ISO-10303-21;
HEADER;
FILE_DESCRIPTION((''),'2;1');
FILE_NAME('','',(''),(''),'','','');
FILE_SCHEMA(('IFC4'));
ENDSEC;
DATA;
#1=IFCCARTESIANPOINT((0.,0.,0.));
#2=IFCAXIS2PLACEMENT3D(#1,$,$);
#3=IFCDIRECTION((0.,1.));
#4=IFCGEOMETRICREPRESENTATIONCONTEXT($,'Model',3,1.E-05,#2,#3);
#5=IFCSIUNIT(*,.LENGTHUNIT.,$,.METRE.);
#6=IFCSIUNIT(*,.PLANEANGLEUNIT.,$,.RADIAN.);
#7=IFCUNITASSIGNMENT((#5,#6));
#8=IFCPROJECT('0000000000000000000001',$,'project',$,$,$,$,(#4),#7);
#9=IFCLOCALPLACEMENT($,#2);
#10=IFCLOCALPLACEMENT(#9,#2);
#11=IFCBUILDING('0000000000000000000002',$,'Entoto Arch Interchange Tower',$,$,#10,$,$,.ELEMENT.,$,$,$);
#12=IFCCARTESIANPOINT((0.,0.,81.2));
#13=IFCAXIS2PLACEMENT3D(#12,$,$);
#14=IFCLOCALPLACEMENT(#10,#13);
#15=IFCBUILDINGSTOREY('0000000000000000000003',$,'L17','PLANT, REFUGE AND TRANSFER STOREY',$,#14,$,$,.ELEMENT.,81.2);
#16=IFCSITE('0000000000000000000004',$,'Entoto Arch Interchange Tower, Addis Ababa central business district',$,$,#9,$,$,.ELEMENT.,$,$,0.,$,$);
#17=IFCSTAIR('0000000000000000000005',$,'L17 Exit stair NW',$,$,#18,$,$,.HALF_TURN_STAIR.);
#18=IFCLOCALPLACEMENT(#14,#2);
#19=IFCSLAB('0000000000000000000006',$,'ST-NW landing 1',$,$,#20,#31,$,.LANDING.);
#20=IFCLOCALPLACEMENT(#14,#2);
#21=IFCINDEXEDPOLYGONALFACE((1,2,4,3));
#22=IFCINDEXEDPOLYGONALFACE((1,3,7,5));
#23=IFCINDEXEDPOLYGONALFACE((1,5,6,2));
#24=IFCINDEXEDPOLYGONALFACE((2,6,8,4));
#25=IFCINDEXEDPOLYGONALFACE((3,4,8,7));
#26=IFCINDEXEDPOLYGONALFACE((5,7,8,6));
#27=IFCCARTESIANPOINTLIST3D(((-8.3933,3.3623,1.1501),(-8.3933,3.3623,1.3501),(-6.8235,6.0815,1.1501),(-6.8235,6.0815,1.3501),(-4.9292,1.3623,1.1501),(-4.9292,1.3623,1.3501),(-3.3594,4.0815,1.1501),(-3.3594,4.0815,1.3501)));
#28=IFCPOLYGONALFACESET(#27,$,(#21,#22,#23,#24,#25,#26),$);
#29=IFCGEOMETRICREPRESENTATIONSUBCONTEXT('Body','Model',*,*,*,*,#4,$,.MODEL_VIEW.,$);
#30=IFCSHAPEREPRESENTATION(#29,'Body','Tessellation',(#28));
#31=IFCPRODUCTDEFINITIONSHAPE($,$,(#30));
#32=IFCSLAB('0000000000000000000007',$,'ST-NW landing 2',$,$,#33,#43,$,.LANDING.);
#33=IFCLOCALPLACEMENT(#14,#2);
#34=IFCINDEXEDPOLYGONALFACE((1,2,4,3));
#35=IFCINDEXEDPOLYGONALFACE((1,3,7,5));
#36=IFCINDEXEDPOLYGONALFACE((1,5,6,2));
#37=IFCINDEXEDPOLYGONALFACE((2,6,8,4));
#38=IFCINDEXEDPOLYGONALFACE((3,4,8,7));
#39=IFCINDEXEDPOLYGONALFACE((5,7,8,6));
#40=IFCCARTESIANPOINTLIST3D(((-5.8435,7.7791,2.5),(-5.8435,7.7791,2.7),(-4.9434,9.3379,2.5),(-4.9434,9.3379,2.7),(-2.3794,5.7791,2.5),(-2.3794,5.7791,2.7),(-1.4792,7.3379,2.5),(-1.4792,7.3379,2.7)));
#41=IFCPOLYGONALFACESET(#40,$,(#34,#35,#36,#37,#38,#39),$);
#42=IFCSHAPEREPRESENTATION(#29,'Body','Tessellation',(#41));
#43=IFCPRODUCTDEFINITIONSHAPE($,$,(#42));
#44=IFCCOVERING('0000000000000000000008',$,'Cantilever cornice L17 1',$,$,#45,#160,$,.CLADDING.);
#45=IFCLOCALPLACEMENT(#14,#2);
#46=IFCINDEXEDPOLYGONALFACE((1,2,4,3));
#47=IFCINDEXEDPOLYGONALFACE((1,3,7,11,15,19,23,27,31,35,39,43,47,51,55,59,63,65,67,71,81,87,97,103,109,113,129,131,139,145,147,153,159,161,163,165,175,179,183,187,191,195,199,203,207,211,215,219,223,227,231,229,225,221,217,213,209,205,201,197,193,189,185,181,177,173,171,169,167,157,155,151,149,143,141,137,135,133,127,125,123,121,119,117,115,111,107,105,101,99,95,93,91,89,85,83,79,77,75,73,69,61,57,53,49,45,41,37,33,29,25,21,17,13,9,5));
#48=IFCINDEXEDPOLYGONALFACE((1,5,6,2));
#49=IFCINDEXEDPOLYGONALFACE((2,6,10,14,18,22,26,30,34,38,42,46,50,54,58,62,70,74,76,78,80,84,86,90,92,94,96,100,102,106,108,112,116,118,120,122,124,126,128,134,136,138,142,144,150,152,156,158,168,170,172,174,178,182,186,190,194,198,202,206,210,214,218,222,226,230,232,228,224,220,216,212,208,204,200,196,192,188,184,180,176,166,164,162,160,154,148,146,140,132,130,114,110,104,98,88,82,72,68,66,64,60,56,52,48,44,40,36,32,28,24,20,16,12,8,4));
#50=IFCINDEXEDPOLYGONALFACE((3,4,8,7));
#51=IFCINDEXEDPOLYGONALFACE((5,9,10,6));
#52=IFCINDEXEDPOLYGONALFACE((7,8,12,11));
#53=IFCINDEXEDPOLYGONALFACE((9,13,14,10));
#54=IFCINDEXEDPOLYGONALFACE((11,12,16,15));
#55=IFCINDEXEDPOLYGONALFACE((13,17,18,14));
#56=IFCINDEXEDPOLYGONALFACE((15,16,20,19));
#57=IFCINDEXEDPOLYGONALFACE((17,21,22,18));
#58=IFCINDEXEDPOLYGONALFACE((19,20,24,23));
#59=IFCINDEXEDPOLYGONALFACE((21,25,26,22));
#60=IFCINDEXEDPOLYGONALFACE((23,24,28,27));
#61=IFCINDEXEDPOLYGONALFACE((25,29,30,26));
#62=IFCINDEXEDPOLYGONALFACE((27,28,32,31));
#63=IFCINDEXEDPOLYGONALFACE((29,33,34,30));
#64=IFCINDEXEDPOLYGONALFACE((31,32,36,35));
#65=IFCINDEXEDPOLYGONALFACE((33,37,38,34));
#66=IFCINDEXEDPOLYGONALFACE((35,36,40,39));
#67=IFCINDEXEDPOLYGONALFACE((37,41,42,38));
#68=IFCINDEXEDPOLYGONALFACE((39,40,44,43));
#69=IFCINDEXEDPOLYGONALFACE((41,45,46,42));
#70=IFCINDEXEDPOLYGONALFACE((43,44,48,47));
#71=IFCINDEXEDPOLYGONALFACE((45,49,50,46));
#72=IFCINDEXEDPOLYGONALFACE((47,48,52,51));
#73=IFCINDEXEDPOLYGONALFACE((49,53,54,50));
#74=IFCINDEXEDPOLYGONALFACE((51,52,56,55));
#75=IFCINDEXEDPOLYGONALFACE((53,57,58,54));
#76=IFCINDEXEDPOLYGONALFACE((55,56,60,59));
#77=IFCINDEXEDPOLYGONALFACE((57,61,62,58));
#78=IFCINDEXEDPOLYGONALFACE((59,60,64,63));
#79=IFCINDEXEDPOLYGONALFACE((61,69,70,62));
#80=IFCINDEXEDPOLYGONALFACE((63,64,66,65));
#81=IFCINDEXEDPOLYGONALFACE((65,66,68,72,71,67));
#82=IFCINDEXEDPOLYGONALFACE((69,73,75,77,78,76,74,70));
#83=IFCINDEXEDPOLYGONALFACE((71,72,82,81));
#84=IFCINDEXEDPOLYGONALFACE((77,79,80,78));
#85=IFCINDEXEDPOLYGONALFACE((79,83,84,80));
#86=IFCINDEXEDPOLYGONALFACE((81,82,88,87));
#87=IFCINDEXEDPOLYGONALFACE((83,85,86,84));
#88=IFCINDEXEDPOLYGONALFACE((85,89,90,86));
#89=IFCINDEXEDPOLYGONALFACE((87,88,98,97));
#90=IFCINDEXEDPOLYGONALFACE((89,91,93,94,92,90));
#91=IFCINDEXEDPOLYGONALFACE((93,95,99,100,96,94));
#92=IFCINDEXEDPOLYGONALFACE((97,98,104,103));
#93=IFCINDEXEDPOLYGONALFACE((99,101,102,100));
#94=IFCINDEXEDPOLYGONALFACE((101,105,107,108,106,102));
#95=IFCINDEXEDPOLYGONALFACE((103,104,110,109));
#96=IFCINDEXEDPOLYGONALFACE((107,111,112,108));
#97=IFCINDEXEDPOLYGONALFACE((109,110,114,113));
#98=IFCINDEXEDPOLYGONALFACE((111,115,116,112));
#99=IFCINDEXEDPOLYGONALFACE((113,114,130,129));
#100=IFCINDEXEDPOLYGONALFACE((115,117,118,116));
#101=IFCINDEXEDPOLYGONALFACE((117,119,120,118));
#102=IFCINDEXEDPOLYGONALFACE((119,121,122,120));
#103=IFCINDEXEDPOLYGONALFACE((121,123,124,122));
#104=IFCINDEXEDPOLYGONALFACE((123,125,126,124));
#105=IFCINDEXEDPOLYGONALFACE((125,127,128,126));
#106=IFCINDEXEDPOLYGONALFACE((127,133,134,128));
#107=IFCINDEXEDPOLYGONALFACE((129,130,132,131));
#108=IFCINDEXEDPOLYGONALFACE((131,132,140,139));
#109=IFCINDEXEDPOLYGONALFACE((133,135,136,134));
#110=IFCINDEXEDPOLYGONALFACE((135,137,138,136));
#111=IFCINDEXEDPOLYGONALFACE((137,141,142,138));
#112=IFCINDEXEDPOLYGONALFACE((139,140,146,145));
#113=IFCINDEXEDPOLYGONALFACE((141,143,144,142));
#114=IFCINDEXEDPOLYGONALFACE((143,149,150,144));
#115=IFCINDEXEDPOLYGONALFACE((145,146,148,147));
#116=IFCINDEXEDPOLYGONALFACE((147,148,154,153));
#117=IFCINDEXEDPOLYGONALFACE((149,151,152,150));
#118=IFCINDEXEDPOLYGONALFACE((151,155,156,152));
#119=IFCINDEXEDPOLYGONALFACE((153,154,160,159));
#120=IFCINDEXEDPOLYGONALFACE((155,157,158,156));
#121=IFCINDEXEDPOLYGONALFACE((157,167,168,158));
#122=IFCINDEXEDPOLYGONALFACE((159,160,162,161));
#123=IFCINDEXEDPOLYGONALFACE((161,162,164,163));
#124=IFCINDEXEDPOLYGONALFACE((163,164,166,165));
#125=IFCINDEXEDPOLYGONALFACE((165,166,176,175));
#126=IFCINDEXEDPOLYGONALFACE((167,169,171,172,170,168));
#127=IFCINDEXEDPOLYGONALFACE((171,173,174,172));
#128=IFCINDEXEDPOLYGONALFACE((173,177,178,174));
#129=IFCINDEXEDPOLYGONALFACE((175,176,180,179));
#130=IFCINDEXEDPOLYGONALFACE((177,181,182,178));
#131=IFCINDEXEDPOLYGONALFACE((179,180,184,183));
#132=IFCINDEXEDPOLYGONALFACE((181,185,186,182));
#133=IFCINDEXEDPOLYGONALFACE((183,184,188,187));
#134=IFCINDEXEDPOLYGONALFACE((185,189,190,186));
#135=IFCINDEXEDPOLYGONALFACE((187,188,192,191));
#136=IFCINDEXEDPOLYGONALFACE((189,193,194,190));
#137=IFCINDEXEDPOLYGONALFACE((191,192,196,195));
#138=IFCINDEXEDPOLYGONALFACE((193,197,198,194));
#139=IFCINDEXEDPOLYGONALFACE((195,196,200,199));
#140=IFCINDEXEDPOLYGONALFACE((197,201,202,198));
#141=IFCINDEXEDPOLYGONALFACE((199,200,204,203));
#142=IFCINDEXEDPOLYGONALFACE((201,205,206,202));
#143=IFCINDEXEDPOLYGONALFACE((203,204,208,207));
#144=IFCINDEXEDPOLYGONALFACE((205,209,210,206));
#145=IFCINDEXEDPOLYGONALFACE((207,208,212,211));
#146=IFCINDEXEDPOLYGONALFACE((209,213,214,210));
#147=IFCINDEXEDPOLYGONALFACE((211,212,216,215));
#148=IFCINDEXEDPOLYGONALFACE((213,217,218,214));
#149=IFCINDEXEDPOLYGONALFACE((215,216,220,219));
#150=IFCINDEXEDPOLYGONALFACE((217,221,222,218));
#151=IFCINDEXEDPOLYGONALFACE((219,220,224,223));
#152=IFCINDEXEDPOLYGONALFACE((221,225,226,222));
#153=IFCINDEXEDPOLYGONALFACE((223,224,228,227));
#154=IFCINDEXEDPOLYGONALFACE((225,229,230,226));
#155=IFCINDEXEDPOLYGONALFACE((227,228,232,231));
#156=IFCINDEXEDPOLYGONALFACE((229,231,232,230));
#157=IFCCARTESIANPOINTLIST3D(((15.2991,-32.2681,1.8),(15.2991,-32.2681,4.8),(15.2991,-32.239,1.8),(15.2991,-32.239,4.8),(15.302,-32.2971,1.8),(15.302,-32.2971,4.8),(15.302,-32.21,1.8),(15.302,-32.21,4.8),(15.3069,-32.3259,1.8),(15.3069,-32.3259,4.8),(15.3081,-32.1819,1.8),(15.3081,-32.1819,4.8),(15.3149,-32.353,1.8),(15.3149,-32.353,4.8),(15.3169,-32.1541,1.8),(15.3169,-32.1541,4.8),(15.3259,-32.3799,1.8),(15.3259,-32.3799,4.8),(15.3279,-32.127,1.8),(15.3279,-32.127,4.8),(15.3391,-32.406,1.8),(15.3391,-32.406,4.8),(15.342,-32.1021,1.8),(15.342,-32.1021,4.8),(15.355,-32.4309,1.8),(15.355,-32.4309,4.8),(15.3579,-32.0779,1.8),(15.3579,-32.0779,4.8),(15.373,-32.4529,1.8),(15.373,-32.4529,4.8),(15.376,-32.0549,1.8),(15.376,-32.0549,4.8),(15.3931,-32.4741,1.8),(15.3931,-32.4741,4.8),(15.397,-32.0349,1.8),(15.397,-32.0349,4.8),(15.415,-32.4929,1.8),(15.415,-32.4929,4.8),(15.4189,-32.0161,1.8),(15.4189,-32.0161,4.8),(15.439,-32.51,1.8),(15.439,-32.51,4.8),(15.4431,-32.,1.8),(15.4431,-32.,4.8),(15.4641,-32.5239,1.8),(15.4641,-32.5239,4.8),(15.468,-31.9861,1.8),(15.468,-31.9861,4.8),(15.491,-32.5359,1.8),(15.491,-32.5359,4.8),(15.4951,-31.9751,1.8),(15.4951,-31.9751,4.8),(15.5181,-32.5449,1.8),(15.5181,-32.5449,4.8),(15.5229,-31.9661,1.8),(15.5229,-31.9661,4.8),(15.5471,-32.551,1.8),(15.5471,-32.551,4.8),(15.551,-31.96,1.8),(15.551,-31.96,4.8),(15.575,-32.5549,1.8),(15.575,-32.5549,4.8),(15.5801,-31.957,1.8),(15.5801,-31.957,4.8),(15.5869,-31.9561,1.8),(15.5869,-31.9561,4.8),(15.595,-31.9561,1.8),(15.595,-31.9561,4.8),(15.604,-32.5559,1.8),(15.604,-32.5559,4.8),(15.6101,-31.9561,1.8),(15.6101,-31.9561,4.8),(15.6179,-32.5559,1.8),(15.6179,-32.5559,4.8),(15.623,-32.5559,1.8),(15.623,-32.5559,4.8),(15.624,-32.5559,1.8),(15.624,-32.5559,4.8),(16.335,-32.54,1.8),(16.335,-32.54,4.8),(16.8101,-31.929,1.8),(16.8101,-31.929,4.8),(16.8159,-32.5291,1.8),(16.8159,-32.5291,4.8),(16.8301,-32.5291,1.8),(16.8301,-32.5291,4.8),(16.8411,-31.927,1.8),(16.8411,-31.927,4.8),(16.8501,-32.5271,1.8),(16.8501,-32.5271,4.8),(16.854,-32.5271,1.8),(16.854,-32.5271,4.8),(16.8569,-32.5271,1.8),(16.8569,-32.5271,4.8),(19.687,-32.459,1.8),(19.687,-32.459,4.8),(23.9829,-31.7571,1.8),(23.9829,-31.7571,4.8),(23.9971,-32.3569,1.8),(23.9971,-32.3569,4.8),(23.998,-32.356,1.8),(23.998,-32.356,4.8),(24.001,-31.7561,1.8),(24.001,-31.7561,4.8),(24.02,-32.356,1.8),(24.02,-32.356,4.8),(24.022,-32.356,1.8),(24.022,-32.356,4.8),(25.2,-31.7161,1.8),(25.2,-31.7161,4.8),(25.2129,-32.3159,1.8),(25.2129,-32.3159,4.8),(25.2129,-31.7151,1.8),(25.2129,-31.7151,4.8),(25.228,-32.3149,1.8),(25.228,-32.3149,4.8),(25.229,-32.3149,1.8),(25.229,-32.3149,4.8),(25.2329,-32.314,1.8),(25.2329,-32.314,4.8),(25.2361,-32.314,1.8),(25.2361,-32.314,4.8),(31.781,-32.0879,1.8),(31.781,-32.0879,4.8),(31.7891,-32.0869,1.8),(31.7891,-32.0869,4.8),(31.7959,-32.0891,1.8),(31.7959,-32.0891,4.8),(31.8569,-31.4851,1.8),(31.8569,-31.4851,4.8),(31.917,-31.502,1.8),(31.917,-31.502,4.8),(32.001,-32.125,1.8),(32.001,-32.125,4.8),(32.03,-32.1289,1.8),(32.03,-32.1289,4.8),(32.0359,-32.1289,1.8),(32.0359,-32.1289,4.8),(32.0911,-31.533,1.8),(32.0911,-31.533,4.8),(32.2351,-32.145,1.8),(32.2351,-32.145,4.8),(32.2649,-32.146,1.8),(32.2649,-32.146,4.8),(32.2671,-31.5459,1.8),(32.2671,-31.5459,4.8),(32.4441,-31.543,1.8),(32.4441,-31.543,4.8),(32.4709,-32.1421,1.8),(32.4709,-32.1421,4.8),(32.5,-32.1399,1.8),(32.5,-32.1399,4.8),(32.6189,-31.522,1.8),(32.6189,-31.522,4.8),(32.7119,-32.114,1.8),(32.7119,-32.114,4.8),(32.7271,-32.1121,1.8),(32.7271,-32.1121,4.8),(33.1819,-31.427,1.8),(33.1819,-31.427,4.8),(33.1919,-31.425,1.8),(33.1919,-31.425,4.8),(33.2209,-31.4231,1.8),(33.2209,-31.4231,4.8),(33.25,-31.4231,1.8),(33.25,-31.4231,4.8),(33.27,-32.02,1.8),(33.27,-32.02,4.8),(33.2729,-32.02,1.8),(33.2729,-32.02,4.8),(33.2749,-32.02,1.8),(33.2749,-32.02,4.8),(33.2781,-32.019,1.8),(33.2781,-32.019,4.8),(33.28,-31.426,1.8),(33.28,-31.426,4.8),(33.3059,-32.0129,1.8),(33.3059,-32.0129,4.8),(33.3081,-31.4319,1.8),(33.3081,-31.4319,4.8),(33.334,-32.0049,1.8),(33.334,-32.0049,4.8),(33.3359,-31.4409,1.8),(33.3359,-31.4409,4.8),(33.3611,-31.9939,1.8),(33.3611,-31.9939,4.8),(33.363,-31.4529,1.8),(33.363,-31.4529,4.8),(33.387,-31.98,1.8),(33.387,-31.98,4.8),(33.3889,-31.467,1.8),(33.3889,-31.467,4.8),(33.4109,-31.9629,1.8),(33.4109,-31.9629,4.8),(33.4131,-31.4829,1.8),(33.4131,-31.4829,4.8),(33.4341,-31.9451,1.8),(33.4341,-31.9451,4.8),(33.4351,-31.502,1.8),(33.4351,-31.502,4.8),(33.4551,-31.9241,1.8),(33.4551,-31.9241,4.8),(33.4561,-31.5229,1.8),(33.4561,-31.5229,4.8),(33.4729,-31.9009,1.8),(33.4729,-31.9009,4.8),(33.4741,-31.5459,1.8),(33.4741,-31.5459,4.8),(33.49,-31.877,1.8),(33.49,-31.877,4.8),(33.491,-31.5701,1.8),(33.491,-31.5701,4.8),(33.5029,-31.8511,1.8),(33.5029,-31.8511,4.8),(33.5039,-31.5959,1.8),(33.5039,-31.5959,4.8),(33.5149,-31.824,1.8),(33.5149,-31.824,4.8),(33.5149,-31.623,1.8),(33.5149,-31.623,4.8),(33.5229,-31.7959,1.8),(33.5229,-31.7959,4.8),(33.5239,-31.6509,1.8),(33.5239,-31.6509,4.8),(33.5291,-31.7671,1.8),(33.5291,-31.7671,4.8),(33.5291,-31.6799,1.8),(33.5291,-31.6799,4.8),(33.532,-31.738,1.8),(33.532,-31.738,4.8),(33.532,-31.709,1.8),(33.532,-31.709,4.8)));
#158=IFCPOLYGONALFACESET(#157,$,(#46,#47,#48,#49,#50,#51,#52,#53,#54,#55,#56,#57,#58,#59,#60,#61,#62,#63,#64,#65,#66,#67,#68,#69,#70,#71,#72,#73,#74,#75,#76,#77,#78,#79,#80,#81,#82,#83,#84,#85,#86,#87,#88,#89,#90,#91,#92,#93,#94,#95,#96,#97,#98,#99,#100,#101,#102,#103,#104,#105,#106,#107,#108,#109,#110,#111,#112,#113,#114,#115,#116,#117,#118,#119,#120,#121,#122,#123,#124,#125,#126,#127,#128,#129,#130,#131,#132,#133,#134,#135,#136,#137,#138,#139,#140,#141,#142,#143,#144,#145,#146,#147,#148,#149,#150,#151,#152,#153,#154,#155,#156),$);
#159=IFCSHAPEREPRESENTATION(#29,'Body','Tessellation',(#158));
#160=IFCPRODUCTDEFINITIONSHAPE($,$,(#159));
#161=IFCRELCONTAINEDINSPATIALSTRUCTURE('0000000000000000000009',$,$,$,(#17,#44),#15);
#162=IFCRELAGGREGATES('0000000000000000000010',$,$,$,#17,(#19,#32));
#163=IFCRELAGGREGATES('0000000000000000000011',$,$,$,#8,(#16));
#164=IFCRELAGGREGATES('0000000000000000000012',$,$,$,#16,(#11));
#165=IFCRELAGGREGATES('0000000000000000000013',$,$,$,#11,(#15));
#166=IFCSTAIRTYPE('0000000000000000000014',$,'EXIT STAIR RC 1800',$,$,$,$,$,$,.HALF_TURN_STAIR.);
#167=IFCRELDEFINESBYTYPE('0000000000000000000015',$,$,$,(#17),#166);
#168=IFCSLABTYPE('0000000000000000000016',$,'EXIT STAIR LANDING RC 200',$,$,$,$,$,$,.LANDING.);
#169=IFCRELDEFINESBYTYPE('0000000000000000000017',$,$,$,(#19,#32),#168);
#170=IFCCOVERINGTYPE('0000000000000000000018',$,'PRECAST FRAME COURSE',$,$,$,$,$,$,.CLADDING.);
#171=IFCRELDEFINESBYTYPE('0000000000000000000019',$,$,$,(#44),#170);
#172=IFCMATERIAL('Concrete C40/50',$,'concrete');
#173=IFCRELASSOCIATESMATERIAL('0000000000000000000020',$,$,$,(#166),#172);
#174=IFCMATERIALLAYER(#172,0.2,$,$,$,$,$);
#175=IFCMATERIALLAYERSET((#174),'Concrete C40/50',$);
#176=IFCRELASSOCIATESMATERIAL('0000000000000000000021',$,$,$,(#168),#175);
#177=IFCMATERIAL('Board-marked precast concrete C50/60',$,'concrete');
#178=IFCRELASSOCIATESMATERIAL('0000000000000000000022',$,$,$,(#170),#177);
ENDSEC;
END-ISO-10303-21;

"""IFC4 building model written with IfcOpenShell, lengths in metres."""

from ifc_helpers import new_model, si_unit, direction, frame, origin, place, context, subcontext, project, spatial, polyline, outline, extrude, material, layer, layer_set, type_object, element, aggregate, save


model = new_model("IFC4")

# Units and contexts
model_context = context("Model", 3, precision=1e-05, world=origin(), true_north=direction((0.0, 1.0)))
body_context = subcontext(model_context, "Body", "Model", "MODEL_VIEW")
ifc_project = project(units=[si_unit("LENGTHUNIT", "METRE"), si_unit("PLANEANGLEUNIT", "RADIAN")], contexts=[model_context])

# Site, building, storey
site_placement = place(None, origin())
site = spatial("IfcSite", under=ifc_project, at=site_placement, Name="Entoto Arch Interchange Tower, Addis Ababa central business district", CompositionType="ELEMENT", RefElevation=0.0)
building_placement = place(site_placement, origin())
building = spatial("IfcBuilding", under=site, at=building_placement, Name="Entoto Arch Interchange Tower", CompositionType="ELEMENT")
storey_placement = place(building_placement, frame((0.0, 0.0, 81.2)))
storey = spatial("IfcBuildingStorey", under=building, at=storey_placement, Name="L17", Description="PLANT, REFUGE AND TRANSFER STOREY", CompositionType="ELEMENT", Elevation=81.2)

# Shared definitions
ifc_material_1 = material(Name="Concrete C40/50", Category="concrete")

# Stair, slabs
stair_type = type_object("IfcStairType", Name="EXIT STAIR RC 1800", PredefinedType="HALF_TURN_STAIR", material=ifc_material_1)
ifc_layer_1 = layer(ifc_material_1, 0.2)
ifc_layer_set_1 = layer_set([ifc_layer_1], Name="Concrete C40/50")
slab_type_1 = type_object("IfcSlabType", Name="EXIT STAIR LANDING RC 200", PredefinedType="LANDING", material=ifc_layer_set_1)
stair_1_placement = place(storey_placement, origin())
stair_1 = element("IfcStair", 1, at=stair_1_placement, inside=storey, type_object=stair_type, Name="L17 Exit stair NW", PredefinedType="HALF_TURN_STAIR")
slab_1_placement = place(storey_placement, frame((0.0, 0.0, 1.1501)))
slab_1 = element("IfcSlab", 2, at=slab_1_placement, type_object=slab_type_1, Name="ST-NW landing 1", PredefinedType="LANDING", context=body_context, shape_type="SweptSolid", body=[
    extrude(outline(polyline([(-6.8235, 6.0815), (-8.3933, 3.3623), (-4.9292, 1.3623), (-3.3594, 4.0815), (-6.8235, 6.0815)])), origin(), (0.0, 0.0, 1.0), 0.2),
])
slab_2_placement = place(storey_placement, frame((0.0, 0.0, 2.5)))
slab_2 = element("IfcSlab", 3, at=slab_2_placement, type_object=slab_type_1, Name="ST-NW landing 2", PredefinedType="LANDING", context=body_context, shape_type="SweptSolid", body=[
    extrude(outline(polyline([(-4.9434, 9.3379), (-5.8435, 7.7791), (-2.3794, 5.7791), (-1.4792, 7.3379), (-4.9434, 9.3379)])), origin(), (0.0, 0.0, 1.0), 0.2),
])
aggregate(stair_1, [slab_1, slab_2])

# Covering
ifc_material_2 = material(Name="Board-marked precast concrete C50/60", Category="concrete")
covering_type = type_object("IfcCoveringType", Name="PRECAST FRAME COURSE", PredefinedType="CLADDING", material=ifc_material_2)
covering_1_placement = place(storey_placement, frame((0.0, 0.0, 1.8)))
element("IfcCovering", 4, at=covering_1_placement, inside=storey, type_object=covering_type, Name="Cantilever cornice L17 1", PredefinedType="CLADDING", context=body_context, shape_type="SweptSolid", body=[
    extrude(outline(polyline([(33.3081, -31.4319), (33.3359, -31.4409), (33.363, -31.4529), (33.3889, -31.467), (33.4131, -31.4829), (33.4351, -31.502), (33.4561, -31.5229), (33.4741, -31.5459), (33.491, -31.5701), (33.5039, -31.5959), (33.5149, -31.623), (33.5239, -31.6509), (33.5291, -31.6799), (33.532, -31.709), (33.532, -31.738), (33.5291, -31.7671), (33.5229, -31.7959), (33.5149, -31.824), (33.5029, -31.8511), (33.49, -31.877), (33.4729, -31.9009), (33.4551, -31.9241), (33.4341, -31.9451), (33.4109, -31.9629), (33.387, -31.98), (33.3611, -31.9939), (33.334, -32.0049), (33.3059, -32.0129), (33.2781, -32.019), (33.2749, -32.02), (33.2729, -32.02), (33.27, -32.02), (32.7271, -32.1121), (32.7119, -32.114), (32.5, -32.1399), (32.4709, -32.1421), (32.2649, -32.146), (32.2351, -32.145), (32.0359, -32.1289), (32.03, -32.1289), (32.001, -32.125), (31.7959, -32.0891), (31.7891, -32.0869), (31.781, -32.0879), (25.2361, -32.314), (25.2329, -32.314), (25.229, -32.3149), (25.228, -32.3149), (25.2129, -32.3159), (24.022, -32.356), (24.02, -32.356), (23.998, -32.356), (23.9971, -32.3569), (19.687, -32.459), (16.8569, -32.5271), (16.854, -32.5271), (16.8501, -32.5271), (16.8301, -32.5291), (16.8159, -32.5291), (16.335, -32.54), (15.624, -32.5559), (15.623, -32.5559), (15.6179, -32.5559), (15.604, -32.5559), (15.575, -32.5549), (15.5471, -32.551), (15.5181, -32.5449), (15.491, -32.5359), (15.4641, -32.5239), (15.439, -32.51), (15.415, -32.4929), (15.3931, -32.4741), (15.373, -32.4529), (15.355, -32.4309), (15.3391, -32.406), (15.3259, -32.3799), (15.3149, -32.353), (15.3069, -32.3259), (15.302, -32.2971), (15.2991, -32.2681), (15.2991, -32.239), (15.302, -32.21), (15.3081, -32.1819), (15.3169, -32.1541), (15.3279, -32.127), (15.342, -32.1021), (15.3579, -32.0779), (15.376, -32.0549), (15.397, -32.0349), (15.4189, -32.0161), (15.4431, -32.0), (15.468, -31.9861), (15.4951, -31.9751), (15.5229, -31.9661), (15.551, -31.96), (15.5801, -31.957), (15.5869, -31.9561), (15.595, -31.9561), (15.6101, -31.9561), (16.8101, -31.929), (16.8411, -31.927), (23.9829, -31.7571), (24.001, -31.7561), (25.2, -31.7161), (25.2129, -31.7151), (31.8569, -31.4851), (31.917, -31.502), (32.0911, -31.533), (32.2671, -31.5459), (32.4441, -31.543), (32.6189, -31.522), (33.1819, -31.427), (33.1919, -31.425), (33.2209, -31.4231), (33.25, -31.4231), (33.28, -31.426), (33.3081, -31.4319)])), origin(), (0.0, 0.0, 1.0), 3.0),
])

save(model, "model.ifc")
